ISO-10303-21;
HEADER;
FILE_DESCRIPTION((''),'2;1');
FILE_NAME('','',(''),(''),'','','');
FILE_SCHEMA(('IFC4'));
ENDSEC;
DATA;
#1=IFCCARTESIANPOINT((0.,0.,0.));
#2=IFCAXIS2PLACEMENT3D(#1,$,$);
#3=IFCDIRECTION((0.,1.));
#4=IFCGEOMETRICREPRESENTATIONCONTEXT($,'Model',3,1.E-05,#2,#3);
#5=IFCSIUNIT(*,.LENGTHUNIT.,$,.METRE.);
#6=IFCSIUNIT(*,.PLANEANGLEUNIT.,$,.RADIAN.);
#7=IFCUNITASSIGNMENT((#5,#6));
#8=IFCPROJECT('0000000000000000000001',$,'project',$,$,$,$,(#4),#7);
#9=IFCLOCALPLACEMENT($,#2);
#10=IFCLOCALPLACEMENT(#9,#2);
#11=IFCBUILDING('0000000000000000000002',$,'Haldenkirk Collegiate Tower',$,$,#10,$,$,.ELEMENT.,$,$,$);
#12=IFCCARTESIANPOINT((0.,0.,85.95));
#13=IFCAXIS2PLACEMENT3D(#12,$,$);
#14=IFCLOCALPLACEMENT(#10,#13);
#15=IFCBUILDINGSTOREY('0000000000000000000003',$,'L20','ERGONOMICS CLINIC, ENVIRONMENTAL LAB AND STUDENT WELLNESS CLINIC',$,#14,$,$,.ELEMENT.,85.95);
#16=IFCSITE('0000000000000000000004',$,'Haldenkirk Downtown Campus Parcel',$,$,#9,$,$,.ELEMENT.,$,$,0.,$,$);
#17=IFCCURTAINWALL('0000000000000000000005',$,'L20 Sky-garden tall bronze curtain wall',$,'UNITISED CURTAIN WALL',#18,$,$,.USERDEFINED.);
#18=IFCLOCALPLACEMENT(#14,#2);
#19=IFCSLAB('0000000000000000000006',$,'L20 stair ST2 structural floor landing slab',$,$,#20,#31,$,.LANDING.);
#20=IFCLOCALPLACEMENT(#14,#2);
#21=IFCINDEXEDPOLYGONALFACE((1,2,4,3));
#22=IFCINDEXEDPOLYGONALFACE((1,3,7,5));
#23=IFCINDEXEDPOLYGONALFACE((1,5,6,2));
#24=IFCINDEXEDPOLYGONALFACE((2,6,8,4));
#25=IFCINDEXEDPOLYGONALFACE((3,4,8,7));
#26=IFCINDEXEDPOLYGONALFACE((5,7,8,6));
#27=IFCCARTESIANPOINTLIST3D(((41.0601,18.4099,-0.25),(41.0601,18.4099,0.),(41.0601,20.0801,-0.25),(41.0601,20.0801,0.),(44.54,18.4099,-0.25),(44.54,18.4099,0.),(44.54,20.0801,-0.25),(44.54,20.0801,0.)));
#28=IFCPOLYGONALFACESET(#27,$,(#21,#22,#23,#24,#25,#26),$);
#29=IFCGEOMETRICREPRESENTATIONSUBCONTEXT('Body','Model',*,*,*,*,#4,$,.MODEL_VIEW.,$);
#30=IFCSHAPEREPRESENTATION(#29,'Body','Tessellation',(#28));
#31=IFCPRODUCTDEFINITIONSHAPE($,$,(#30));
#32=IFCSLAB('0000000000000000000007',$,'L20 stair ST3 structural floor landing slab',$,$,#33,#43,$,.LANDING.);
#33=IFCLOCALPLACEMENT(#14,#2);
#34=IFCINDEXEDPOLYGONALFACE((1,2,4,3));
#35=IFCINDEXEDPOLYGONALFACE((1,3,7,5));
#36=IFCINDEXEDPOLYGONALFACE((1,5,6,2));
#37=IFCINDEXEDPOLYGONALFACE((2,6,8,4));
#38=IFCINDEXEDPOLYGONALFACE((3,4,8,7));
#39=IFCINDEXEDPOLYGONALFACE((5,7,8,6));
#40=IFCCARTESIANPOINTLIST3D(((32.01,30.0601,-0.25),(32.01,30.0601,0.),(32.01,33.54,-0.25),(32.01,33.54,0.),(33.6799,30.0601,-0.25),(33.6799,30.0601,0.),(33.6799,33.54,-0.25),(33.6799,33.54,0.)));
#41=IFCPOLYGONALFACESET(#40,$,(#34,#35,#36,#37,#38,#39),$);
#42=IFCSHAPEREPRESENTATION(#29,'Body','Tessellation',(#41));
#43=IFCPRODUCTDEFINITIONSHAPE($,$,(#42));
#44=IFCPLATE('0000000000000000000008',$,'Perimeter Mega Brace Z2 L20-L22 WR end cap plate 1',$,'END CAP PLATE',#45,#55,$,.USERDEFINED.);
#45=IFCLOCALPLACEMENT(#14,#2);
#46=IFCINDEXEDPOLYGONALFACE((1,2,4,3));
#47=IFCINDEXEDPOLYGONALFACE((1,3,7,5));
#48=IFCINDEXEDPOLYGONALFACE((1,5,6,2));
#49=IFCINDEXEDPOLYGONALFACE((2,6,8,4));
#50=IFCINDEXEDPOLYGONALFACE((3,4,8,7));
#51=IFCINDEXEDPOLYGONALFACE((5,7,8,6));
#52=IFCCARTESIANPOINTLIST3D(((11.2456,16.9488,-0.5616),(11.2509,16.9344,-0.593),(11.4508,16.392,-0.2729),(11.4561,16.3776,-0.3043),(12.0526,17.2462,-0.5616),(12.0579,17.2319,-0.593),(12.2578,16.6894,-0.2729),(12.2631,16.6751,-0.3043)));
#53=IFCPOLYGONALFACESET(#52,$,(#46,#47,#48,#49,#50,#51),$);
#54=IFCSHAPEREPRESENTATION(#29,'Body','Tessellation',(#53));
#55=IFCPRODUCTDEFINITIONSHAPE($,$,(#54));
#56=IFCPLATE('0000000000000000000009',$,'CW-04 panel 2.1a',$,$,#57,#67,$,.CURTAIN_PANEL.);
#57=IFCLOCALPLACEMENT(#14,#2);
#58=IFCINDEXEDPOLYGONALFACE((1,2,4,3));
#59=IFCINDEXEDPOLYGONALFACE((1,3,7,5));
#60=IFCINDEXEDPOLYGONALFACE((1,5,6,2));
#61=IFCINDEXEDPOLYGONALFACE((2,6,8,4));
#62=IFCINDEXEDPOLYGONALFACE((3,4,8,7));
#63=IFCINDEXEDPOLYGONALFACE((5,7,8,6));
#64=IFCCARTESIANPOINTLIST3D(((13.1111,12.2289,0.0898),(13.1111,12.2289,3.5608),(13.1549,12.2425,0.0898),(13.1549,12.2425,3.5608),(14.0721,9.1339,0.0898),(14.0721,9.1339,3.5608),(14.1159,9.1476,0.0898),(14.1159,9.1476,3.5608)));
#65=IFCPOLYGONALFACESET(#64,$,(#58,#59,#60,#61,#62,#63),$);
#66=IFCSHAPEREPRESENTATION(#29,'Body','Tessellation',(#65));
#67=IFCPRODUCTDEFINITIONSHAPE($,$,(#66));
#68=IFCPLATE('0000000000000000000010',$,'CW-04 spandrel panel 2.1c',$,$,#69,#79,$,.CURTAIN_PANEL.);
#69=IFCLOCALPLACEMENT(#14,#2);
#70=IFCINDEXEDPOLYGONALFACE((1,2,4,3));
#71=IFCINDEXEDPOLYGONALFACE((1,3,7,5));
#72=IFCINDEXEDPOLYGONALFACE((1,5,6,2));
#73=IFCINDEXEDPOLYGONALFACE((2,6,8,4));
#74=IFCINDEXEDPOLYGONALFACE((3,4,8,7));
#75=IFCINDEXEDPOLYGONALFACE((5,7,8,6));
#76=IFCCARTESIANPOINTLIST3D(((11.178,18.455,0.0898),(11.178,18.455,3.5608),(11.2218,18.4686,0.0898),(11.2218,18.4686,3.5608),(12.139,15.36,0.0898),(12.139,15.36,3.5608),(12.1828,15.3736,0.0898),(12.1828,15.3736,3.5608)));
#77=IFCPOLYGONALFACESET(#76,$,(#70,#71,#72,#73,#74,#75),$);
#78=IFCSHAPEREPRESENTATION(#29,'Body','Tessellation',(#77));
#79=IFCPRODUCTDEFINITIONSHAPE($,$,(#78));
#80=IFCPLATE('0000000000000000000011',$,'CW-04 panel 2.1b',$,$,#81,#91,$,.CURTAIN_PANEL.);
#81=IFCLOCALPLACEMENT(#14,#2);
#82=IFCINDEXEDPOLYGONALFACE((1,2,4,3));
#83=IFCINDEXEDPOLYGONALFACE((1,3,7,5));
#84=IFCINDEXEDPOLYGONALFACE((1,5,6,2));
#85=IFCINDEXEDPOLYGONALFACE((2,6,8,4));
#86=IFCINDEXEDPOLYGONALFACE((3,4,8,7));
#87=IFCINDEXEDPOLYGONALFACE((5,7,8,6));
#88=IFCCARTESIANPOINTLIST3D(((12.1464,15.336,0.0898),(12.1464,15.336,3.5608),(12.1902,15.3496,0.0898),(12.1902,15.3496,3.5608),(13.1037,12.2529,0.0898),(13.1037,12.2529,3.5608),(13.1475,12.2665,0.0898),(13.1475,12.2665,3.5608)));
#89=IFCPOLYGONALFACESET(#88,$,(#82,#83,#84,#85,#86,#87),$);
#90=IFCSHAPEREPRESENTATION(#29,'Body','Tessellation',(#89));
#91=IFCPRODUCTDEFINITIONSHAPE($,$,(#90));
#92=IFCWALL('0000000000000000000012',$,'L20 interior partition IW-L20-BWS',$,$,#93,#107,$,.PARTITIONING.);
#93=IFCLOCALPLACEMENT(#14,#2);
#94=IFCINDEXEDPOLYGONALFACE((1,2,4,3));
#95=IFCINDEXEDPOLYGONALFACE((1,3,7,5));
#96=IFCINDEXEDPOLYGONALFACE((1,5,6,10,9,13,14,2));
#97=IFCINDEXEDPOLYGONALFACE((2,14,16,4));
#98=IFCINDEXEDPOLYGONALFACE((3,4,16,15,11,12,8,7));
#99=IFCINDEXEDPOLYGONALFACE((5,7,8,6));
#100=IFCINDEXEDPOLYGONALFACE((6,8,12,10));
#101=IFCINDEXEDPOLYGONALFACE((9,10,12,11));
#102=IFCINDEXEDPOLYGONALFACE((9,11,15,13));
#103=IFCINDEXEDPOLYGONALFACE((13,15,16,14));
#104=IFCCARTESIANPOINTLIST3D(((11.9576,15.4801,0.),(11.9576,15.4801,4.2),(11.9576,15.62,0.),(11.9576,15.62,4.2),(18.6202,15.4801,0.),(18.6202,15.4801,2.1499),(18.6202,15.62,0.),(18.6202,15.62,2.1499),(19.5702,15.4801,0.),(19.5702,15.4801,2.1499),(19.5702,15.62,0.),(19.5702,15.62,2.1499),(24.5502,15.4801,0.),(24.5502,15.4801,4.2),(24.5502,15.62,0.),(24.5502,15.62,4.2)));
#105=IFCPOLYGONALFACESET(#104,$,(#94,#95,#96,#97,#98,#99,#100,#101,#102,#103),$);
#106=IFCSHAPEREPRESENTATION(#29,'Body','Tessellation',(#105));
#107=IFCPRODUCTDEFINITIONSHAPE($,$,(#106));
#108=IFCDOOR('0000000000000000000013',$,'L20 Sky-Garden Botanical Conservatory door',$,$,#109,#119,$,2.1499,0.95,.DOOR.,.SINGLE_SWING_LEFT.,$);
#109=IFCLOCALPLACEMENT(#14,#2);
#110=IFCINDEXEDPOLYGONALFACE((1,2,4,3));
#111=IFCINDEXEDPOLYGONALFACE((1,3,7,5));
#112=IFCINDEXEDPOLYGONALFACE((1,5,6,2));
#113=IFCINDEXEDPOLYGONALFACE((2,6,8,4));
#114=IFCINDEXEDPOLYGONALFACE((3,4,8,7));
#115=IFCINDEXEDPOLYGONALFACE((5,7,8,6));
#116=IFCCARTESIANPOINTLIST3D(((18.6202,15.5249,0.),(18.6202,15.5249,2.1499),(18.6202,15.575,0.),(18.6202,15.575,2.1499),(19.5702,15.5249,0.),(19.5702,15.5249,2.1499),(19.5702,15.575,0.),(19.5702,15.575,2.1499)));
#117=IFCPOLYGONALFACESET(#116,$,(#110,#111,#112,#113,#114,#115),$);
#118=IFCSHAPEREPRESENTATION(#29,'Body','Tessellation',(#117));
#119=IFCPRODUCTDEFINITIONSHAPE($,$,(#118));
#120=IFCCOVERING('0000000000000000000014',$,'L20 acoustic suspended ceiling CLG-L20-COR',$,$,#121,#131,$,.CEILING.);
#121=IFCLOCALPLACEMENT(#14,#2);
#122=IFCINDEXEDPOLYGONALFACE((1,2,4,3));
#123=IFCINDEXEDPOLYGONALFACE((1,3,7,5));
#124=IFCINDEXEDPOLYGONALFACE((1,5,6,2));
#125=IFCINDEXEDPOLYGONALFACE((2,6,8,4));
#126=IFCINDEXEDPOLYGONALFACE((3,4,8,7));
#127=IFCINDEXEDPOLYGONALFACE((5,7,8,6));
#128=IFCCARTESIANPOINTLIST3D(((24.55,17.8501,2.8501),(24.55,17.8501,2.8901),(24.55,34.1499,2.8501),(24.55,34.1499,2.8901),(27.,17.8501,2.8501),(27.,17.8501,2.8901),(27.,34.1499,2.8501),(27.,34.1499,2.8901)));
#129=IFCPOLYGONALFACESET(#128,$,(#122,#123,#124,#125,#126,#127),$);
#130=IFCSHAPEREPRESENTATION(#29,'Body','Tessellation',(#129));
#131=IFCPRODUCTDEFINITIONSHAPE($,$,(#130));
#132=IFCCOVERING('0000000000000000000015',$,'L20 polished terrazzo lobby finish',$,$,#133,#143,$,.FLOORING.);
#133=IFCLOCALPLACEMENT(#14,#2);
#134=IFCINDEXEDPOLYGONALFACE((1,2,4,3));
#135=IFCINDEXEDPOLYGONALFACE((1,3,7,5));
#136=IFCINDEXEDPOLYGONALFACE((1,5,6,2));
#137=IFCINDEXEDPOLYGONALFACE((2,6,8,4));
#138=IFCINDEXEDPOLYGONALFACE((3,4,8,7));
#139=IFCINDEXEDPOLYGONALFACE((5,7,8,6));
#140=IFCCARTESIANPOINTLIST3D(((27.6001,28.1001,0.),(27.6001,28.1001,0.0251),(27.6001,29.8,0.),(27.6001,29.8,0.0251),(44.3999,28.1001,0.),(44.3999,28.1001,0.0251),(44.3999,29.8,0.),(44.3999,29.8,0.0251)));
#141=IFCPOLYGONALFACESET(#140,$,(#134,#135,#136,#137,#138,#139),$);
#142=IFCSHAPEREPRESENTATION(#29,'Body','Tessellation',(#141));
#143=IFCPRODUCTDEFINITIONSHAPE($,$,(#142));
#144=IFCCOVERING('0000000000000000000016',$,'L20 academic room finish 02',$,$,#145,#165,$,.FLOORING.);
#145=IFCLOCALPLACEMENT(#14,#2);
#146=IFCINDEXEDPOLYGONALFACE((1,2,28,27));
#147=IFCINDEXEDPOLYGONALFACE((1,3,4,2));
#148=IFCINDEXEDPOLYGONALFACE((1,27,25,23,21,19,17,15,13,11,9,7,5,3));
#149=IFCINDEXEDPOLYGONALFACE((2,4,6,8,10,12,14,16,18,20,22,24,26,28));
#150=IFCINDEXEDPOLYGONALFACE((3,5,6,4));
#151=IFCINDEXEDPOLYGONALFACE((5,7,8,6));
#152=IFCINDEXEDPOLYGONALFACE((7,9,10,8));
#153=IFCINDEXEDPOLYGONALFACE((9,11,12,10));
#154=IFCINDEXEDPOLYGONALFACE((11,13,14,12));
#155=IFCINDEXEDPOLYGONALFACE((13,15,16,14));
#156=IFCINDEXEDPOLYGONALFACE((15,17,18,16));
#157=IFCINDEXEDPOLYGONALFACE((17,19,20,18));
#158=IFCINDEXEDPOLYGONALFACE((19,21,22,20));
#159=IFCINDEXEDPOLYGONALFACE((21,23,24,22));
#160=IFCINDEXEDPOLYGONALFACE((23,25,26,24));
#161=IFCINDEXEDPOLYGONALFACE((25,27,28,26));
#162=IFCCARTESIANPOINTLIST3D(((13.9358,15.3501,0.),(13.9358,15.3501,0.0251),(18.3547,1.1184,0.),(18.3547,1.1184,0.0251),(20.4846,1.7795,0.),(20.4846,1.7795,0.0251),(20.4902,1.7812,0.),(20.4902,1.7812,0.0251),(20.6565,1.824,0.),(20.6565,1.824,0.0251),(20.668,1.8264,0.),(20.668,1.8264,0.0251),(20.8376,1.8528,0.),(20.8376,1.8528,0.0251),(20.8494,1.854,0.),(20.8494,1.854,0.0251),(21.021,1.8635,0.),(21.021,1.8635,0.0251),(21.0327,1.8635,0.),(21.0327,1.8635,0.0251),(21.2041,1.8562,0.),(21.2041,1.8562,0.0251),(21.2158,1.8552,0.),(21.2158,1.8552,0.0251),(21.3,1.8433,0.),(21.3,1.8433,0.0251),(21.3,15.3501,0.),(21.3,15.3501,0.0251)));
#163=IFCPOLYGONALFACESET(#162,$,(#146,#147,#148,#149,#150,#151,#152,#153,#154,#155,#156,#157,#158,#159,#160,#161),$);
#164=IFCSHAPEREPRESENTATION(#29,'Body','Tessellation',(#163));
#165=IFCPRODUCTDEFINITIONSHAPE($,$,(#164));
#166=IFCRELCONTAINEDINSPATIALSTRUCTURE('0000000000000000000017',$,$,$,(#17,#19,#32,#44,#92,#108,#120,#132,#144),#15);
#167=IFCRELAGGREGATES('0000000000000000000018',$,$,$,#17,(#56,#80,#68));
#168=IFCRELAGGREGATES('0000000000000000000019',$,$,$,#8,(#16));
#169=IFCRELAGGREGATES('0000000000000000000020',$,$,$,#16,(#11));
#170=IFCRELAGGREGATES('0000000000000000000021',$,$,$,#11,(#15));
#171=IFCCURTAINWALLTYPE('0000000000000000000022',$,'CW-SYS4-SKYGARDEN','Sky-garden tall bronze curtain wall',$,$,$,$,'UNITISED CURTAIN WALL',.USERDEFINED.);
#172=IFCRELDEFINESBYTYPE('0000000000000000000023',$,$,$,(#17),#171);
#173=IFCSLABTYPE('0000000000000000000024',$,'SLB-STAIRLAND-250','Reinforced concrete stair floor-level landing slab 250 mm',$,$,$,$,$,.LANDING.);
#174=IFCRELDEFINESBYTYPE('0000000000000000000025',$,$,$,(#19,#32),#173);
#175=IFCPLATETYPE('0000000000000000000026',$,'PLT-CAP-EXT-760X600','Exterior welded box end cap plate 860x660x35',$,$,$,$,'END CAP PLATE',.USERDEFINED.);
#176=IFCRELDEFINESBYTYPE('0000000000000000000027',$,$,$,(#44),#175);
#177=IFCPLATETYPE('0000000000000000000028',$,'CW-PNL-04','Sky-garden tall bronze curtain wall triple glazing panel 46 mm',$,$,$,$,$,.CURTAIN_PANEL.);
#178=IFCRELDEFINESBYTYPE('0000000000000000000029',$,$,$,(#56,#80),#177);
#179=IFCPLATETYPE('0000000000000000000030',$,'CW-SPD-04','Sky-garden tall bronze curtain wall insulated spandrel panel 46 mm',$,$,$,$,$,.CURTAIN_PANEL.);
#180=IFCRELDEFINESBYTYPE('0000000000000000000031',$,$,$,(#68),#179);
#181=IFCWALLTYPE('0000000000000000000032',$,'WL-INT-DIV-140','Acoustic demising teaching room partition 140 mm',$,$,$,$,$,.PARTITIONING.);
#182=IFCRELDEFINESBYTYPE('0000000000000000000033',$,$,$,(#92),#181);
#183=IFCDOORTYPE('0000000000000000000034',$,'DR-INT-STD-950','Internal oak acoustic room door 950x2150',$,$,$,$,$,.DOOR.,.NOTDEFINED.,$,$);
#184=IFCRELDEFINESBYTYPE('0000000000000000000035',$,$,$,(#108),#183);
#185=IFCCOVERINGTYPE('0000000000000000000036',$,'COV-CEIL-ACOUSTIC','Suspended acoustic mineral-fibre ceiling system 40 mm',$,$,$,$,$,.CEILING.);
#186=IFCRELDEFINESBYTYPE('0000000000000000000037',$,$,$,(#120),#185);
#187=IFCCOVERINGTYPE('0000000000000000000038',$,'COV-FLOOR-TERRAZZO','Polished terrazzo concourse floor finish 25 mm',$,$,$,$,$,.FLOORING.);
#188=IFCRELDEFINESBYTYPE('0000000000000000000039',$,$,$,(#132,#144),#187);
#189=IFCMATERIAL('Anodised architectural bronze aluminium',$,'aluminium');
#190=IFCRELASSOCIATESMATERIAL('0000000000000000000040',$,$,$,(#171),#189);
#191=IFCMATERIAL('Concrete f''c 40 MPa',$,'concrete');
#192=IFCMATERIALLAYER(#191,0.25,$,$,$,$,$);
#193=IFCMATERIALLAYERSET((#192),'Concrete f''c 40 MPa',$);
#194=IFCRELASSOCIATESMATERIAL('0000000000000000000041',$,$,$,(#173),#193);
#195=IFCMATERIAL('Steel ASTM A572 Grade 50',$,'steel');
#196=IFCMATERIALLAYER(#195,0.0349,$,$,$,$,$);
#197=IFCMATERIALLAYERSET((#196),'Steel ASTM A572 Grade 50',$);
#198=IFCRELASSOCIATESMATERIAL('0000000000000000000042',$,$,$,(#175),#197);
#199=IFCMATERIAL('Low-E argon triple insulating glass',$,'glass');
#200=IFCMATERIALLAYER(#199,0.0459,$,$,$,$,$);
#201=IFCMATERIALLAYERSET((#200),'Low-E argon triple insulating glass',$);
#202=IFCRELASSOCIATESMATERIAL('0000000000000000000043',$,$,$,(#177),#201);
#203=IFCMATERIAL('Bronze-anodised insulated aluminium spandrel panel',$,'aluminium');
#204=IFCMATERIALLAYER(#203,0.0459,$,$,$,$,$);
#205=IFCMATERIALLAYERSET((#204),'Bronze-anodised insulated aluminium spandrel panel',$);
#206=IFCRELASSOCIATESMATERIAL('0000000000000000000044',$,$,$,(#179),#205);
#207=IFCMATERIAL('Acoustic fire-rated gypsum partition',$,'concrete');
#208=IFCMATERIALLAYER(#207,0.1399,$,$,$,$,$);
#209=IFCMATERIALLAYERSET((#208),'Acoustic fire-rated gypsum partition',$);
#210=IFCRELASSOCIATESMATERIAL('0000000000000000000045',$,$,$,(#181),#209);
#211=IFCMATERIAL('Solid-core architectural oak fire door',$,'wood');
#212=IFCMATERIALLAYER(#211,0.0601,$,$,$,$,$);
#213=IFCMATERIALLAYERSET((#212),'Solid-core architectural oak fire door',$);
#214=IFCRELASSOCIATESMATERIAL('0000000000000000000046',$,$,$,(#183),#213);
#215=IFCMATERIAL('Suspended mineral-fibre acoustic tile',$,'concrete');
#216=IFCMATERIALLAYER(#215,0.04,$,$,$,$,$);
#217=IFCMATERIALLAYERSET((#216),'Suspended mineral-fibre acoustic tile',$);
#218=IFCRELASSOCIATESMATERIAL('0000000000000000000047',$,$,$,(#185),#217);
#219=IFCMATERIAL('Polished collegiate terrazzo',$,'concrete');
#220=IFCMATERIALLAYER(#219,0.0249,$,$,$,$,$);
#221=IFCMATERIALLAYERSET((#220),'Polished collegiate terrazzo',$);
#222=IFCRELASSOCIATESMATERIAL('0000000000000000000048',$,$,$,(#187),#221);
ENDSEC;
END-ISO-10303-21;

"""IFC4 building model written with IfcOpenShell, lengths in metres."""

from ifc_helpers import new_model, si_unit, direction, frame, frame_2d, origin, origin_2d, place, context, subcontext, project, spatial, polyline, rectangle, outline, extrude, source, transform, mapped, material, layer, layer_set, type_object, element, fill, aggregate, save


model = new_model("IFC4")

# Units and contexts
model_context = context("Model", 3, precision=1e-05, world=origin(), true_north=direction((0.0, 1.0)))
body_context = subcontext(model_context, "Body", "Model", "MODEL_VIEW")
ifc_project = project(units=[si_unit("LENGTHUNIT", "METRE"), si_unit("PLANEANGLEUNIT", "RADIAN")], contexts=[model_context])

# Site, building, storey
site_placement = place(None, origin())
site = spatial("IfcSite", under=ifc_project, at=site_placement, Name="Haldenkirk Downtown Campus Parcel", CompositionType="ELEMENT", RefElevation=0.0)
building_placement = place(site_placement, origin())
building = spatial("IfcBuilding", under=site, at=building_placement, Name="Haldenkirk Collegiate Tower", CompositionType="ELEMENT")
storey_placement = place(building_placement, frame((0.0, 0.0, 85.95)))
storey = spatial("IfcBuildingStorey", under=building, at=storey_placement, Name="L20", Description="ERGONOMICS CLINIC, ENVIRONMENTAL LAB AND STUDENT WELLNESS CLINIC", CompositionType="ELEMENT", Elevation=85.95)

# Curtain wall
ifc_material_1 = material(Name="Anodised architectural bronze aluminium", Category="aluminium")
curtain_wall_type = type_object("IfcCurtainWallType", Name="CW-SYS4-SKYGARDEN", Description="Sky-garden tall bronze curtain wall", ElementType="UNITISED CURTAIN WALL", PredefinedType="USERDEFINED", material=ifc_material_1)
curtain_wall_placement = place(storey_placement, origin())
curtain_wall = element("IfcCurtainWall", 1, at=curtain_wall_placement, inside=storey, type_object=curtain_wall_type, Name="L20 Sky-garden tall bronze curtain wall", ObjectType="UNITISED CURTAIN WALL", PredefinedType="USERDEFINED")

# Shared definitions
ifc_material_2 = material(Name="Steel ASTM A572 Grade 50", Category="steel")

# Shared definitions
ifc_material_3 = material(Name="Concrete f'c 40 MPa", Category="concrete")

# Slabs
ifc_layer_1 = layer(ifc_material_3, 0.25)
ifc_layer_set_1 = layer_set([ifc_layer_1], Name="Concrete f'c 40 MPa")
slab_type_1 = type_object("IfcSlabType", Name="SLB-STAIRLAND-250", Description="Reinforced concrete stair floor-level landing slab 250 mm", PredefinedType="LANDING", material=ifc_layer_set_1)
slab_1_placement = place(storey_placement, frame((0.0, 0.0, -0.25)))
element("IfcSlab", 2, at=slab_1_placement, inside=storey, type_object=slab_type_1, Name="L20 stair ST2 structural floor landing slab", PredefinedType="LANDING", context=body_context, shape_type="SweptSolid", body=[
    extrude(outline(polyline([(41.0601, 18.4099), (44.54, 18.4099), (44.54, 20.0801), (41.0601, 20.0801), (41.0601, 18.4099)])), origin(), (0.0, 0.0, 1.0), 0.25),
])
slab_2_placement = place(storey_placement, frame((0.0, 0.0, -0.25)))
element("IfcSlab", 3, at=slab_2_placement, inside=storey, type_object=slab_type_1, Name="L20 stair ST3 structural floor landing slab", PredefinedType="LANDING", context=body_context, shape_type="SweptSolid", body=[
    extrude(outline(polyline([(32.01, 30.0601), (33.6799, 30.0601), (33.6799, 33.54), (32.01, 33.54), (32.01, 30.0601)])), origin(), (0.0, 0.0, 1.0), 0.25),
])

# Plates
ifc_layer_2 = layer(ifc_material_2, 0.0349)
ifc_layer_set_2 = layer_set([ifc_layer_2], Name="Steel ASTM A572 Grade 50")
plate_type_1 = type_object("IfcPlateType", Name="PLT-CAP-EXT-760X600", Description="Exterior welded box end cap plate 860x660x35", ElementType="END CAP PLATE", PredefinedType="USERDEFINED", material=ifc_layer_set_2)
shared_shape_1 = source(origin(), body_context, "Body", "SweptSolid", [
    extrude(rectangle(XDim=0.8601, YDim=0.6599, at=origin_2d()), origin(), (0.0, 0.0, 1.0), 0.0349),
])
plate_1_placement = place(storey_placement, frame((11.7517, 16.8191, -0.4172), z_axis=(0.151295, -0.410482, -0.89923), x_axis=(0.938295, 0.345835, 0.0)))
element("IfcPlate", 4, at=plate_1_placement, inside=storey, type_object=plate_type_1, Name="Perimeter Mega Brace Z2 L20-L22 WR end cap plate 1", ObjectType="END CAP PLATE", PredefinedType="USERDEFINED", context=body_context, shape_type="MappedRepresentation", body=[
    mapped(shared_shape_1, transform((0.0, 0.0, 0.0), x_axis=(1.0, 0.0, 0.0), y_axis=(0.0, 1.0, 0.0), z_axis=(0.0, 0.0, 1.0), scale=1.0)),
])
ifc_material_4 = material(Name="Low-E argon triple insulating glass", Category="glass")
ifc_layer_3 = layer(ifc_material_4, 0.0459)
ifc_layer_set_3 = layer_set([ifc_layer_3], Name="Low-E argon triple insulating glass")
plate_type_2 = type_object("IfcPlateType", Name="CW-PNL-04", Description="Sky-garden tall bronze curtain wall triple glazing panel 46 mm", PredefinedType="CURTAIN_PANEL", material=ifc_layer_set_3)
shared_shape_2 = source(origin(), body_context, "Body", "SweptSolid", [
    extrude(rectangle(XDim=3.2407, YDim=0.0459, at=origin_2d()), origin(), (0.0, 0.0, 1.0), 3.4709),
])
plate_2_placement = place(storey_placement, frame((13.6135, 10.6882, 0.0898), z_axis=(0.0, 0.0, 1.0), x_axis=(-0.296541, 0.95502, 0.0)))
plate_2 = element("IfcPlate", 5, at=plate_2_placement, type_object=plate_type_2, Name="CW-04 panel 2.1a", PredefinedType="CURTAIN_PANEL", context=body_context, shape_type="MappedRepresentation", body=[
    mapped(shared_shape_2, transform((0.0, 0.0, 0.0), x_axis=(1.0, 0.0, 0.0), y_axis=(0.0, 1.0, 0.0), z_axis=(0.0, 0.0, 1.0), scale=1.0)),
])
ifc_material_5 = material(Name="Bronze-anodised insulated aluminium spandrel panel", Category="aluminium")
ifc_layer_4 = layer(ifc_material_5, 0.0459)
ifc_layer_set_4 = layer_set([ifc_layer_4], Name="Bronze-anodised insulated aluminium spandrel panel")
plate_type_3 = type_object("IfcPlateType", Name="CW-SPD-04", Description="Sky-garden tall bronze curtain wall insulated spandrel panel 46 mm", PredefinedType="CURTAIN_PANEL", material=ifc_layer_set_4)
plate_3_placement = place(storey_placement, frame((11.6804, 16.9143, 0.0898), z_axis=(0.0, 0.0, 1.0), x_axis=(-0.296541, 0.95502, 0.0)))
plate_3 = element("IfcPlate", 6, at=plate_3_placement, type_object=plate_type_3, Name="CW-04 spandrel panel 2.1c", PredefinedType="CURTAIN_PANEL", context=body_context, shape_type="MappedRepresentation", body=[
    mapped(shared_shape_2, transform((0.0, 0.0, 0.0), x_axis=(1.0, 0.0, 0.0), y_axis=(0.0, 1.0, 0.0), z_axis=(0.0, 0.0, 1.0), scale=1.0)),
])
shared_shape_3 = source(origin(), body_context, "Body", "SweptSolid", [
    extrude(rectangle(XDim=3.2283, YDim=0.0459, at=origin_2d()), origin(), (0.0, 0.0, 1.0), 3.4709),
])
plate_4_placement = place(storey_placement, frame((12.647, 13.8013, 0.0898), z_axis=(0.0, 0.0, 1.0), x_axis=(-0.296541, 0.95502, 0.0)))
plate_4 = element("IfcPlate", 7, at=plate_4_placement, type_object=plate_type_2, Name="CW-04 panel 2.1b", PredefinedType="CURTAIN_PANEL", context=body_context, shape_type="MappedRepresentation", body=[
    mapped(shared_shape_3, transform((0.0, 0.0, 0.0), x_axis=(1.0, 0.0, 0.0), y_axis=(0.0, 1.0, 0.0), z_axis=(0.0, 0.0, 1.0), scale=1.0)),
])
aggregate(curtain_wall, [plate_2, plate_4, plate_3])

# Wall, opening, door
ifc_material_6 = material(Name="Acoustic fire-rated gypsum partition", Category="concrete")
ifc_layer_5 = layer(ifc_material_6, 0.1399)
ifc_layer_set_5 = layer_set([ifc_layer_5], Name="Acoustic fire-rated gypsum partition")
wall_type = type_object("IfcWallType", Name="WL-INT-DIV-140", Description="Acoustic demising teaching room partition 140 mm", PredefinedType="PARTITIONING", material=ifc_layer_set_5)
wall_placement = place(storey_placement, frame((11.9575, 15.55, 0.0), z_axis=(0.0, 0.0, 1.0), x_axis=(1.0, 0.0, 0.0)))
wall = element("IfcWall", 8, at=wall_placement, inside=storey, type_object=wall_type, Name="L20 interior partition IW-L20-BWS", PredefinedType="PARTITIONING", context=body_context, shape_type="SweptSolid", body=[
    extrude(rectangle(XDim=12.5925, YDim=0.1399, at=frame_2d((6.2964, 0.0))), origin(), (0.0, 0.0, 1.0), 4.2),
])
opening_placement = place(wall_placement, frame((6.6626, 0.0, 0.0)))
opening = element("IfcOpeningElement", 9, at=opening_placement, cuts=wall, PredefinedType="OPENING", context=body_context, shape_type="SweptSolid", body=[
    extrude(rectangle(XDim=0.95, YDim=2.1499, at=frame_2d((0.4751, 1.075))), frame((0.0, 0.0798, 0.0), z_axis=(0.0, -1.0, 0.0), x_axis=(1.0, 0.0, 0.0)), (0.0, 0.0, 1.0), 0.1599),
])
ifc_material_7 = material(Name="Solid-core architectural oak fire door", Category="wood")
ifc_layer_6 = layer(ifc_material_7, 0.0601)
ifc_layer_set_6 = layer_set([ifc_layer_6], Name="Solid-core architectural oak fire door")
door_type = type_object("IfcDoorType", Name="DR-INT-STD-950", Description="Internal oak acoustic room door 950x2150", OperationType="NOTDEFINED", PredefinedType="DOOR", material=ifc_layer_set_6)
door_placement = place(opening_placement, origin())
door = element("IfcDoor", 10, at=door_placement, inside=storey, type_object=door_type, Name="L20 Sky-Garden Botanical Conservatory door", OperationType="SINGLE_SWING_LEFT", OverallHeight=2.1499, OverallWidth=0.95, PredefinedType="DOOR", context=body_context, shape_type="SweptSolid", body=[
    extrude(rectangle(XDim=0.95, YDim=2.1499, at=frame_2d((0.4751, 1.075))), frame((0.0, 0.0249, 0.0), z_axis=(0.0, -1.0, 0.0), x_axis=(1.0, 0.0, 0.0)), (0.0, 0.0, 1.0), 0.05),
])
fill(opening, door)

# Coverings
ifc_material_8 = material(Name="Suspended mineral-fibre acoustic tile", Category="concrete")
ifc_layer_7 = layer(ifc_material_8, 0.04)
ifc_layer_set_7 = layer_set([ifc_layer_7], Name="Suspended mineral-fibre acoustic tile")
covering_type_1 = type_object("IfcCoveringType", Name="COV-CEIL-ACOUSTIC", Description="Suspended acoustic mineral-fibre ceiling system 40 mm", PredefinedType="CEILING", material=ifc_layer_set_7)
covering_1_placement = place(storey_placement, frame((0.0, 0.0, 2.8501)))
element("IfcCovering", 11, at=covering_1_placement, inside=storey, type_object=covering_type_1, Name="L20 acoustic suspended ceiling CLG-L20-COR", PredefinedType="CEILING", context=body_context, shape_type="SweptSolid", body=[
    extrude(outline(polyline([(24.55, 17.8501), (27.0, 17.8501), (27.0, 34.1499), (24.55, 34.1499), (24.55, 17.8501)])), origin(), (0.0, 0.0, 1.0), 0.04),
])
ifc_material_9 = material(Name="Polished collegiate terrazzo", Category="concrete")
ifc_layer_8 = layer(ifc_material_9, 0.0249)
ifc_layer_set_8 = layer_set([ifc_layer_8], Name="Polished collegiate terrazzo")
covering_type_2 = type_object("IfcCoveringType", Name="COV-FLOOR-TERRAZZO", Description="Polished terrazzo concourse floor finish 25 mm", PredefinedType="FLOORING", material=ifc_layer_set_8)
covering_2_placement = place(storey_placement, origin())
element("IfcCovering", 12, at=covering_2_placement, inside=storey, type_object=covering_type_2, Name="L20 polished terrazzo lobby finish", PredefinedType="FLOORING", context=body_context, shape_type="SweptSolid", body=[
    extrude(outline(polyline([(27.6001, 28.1001), (44.3999, 28.1001), (44.3999, 29.8), (27.6001, 29.8), (27.6001, 28.1001)])), origin(), (0.0, 0.0, 1.0), 0.0251),
])
covering_3_placement = place(storey_placement, origin())
element("IfcCovering", 13, at=covering_3_placement, inside=storey, type_object=covering_type_2, Name="L20 academic room finish 02", PredefinedType="FLOORING", context=body_context, shape_type="SweptSolid", body=[
    extrude(outline(polyline([(21.3, 1.8433), (21.2158, 1.8552), (21.2041, 1.8562), (21.0327, 1.8635), (21.021, 1.8635), (20.8494, 1.854), (20.8376, 1.8528), (20.668, 1.8264), (20.6565, 1.824), (20.4902, 1.7812), (20.4846, 1.7795), (18.3547, 1.1184), (13.9358, 15.3501), (21.3, 15.3501), (21.3, 1.8433)])), origin(), (0.0, 0.0, 1.0), 0.0251),
])

save(model, "model.ifc")
